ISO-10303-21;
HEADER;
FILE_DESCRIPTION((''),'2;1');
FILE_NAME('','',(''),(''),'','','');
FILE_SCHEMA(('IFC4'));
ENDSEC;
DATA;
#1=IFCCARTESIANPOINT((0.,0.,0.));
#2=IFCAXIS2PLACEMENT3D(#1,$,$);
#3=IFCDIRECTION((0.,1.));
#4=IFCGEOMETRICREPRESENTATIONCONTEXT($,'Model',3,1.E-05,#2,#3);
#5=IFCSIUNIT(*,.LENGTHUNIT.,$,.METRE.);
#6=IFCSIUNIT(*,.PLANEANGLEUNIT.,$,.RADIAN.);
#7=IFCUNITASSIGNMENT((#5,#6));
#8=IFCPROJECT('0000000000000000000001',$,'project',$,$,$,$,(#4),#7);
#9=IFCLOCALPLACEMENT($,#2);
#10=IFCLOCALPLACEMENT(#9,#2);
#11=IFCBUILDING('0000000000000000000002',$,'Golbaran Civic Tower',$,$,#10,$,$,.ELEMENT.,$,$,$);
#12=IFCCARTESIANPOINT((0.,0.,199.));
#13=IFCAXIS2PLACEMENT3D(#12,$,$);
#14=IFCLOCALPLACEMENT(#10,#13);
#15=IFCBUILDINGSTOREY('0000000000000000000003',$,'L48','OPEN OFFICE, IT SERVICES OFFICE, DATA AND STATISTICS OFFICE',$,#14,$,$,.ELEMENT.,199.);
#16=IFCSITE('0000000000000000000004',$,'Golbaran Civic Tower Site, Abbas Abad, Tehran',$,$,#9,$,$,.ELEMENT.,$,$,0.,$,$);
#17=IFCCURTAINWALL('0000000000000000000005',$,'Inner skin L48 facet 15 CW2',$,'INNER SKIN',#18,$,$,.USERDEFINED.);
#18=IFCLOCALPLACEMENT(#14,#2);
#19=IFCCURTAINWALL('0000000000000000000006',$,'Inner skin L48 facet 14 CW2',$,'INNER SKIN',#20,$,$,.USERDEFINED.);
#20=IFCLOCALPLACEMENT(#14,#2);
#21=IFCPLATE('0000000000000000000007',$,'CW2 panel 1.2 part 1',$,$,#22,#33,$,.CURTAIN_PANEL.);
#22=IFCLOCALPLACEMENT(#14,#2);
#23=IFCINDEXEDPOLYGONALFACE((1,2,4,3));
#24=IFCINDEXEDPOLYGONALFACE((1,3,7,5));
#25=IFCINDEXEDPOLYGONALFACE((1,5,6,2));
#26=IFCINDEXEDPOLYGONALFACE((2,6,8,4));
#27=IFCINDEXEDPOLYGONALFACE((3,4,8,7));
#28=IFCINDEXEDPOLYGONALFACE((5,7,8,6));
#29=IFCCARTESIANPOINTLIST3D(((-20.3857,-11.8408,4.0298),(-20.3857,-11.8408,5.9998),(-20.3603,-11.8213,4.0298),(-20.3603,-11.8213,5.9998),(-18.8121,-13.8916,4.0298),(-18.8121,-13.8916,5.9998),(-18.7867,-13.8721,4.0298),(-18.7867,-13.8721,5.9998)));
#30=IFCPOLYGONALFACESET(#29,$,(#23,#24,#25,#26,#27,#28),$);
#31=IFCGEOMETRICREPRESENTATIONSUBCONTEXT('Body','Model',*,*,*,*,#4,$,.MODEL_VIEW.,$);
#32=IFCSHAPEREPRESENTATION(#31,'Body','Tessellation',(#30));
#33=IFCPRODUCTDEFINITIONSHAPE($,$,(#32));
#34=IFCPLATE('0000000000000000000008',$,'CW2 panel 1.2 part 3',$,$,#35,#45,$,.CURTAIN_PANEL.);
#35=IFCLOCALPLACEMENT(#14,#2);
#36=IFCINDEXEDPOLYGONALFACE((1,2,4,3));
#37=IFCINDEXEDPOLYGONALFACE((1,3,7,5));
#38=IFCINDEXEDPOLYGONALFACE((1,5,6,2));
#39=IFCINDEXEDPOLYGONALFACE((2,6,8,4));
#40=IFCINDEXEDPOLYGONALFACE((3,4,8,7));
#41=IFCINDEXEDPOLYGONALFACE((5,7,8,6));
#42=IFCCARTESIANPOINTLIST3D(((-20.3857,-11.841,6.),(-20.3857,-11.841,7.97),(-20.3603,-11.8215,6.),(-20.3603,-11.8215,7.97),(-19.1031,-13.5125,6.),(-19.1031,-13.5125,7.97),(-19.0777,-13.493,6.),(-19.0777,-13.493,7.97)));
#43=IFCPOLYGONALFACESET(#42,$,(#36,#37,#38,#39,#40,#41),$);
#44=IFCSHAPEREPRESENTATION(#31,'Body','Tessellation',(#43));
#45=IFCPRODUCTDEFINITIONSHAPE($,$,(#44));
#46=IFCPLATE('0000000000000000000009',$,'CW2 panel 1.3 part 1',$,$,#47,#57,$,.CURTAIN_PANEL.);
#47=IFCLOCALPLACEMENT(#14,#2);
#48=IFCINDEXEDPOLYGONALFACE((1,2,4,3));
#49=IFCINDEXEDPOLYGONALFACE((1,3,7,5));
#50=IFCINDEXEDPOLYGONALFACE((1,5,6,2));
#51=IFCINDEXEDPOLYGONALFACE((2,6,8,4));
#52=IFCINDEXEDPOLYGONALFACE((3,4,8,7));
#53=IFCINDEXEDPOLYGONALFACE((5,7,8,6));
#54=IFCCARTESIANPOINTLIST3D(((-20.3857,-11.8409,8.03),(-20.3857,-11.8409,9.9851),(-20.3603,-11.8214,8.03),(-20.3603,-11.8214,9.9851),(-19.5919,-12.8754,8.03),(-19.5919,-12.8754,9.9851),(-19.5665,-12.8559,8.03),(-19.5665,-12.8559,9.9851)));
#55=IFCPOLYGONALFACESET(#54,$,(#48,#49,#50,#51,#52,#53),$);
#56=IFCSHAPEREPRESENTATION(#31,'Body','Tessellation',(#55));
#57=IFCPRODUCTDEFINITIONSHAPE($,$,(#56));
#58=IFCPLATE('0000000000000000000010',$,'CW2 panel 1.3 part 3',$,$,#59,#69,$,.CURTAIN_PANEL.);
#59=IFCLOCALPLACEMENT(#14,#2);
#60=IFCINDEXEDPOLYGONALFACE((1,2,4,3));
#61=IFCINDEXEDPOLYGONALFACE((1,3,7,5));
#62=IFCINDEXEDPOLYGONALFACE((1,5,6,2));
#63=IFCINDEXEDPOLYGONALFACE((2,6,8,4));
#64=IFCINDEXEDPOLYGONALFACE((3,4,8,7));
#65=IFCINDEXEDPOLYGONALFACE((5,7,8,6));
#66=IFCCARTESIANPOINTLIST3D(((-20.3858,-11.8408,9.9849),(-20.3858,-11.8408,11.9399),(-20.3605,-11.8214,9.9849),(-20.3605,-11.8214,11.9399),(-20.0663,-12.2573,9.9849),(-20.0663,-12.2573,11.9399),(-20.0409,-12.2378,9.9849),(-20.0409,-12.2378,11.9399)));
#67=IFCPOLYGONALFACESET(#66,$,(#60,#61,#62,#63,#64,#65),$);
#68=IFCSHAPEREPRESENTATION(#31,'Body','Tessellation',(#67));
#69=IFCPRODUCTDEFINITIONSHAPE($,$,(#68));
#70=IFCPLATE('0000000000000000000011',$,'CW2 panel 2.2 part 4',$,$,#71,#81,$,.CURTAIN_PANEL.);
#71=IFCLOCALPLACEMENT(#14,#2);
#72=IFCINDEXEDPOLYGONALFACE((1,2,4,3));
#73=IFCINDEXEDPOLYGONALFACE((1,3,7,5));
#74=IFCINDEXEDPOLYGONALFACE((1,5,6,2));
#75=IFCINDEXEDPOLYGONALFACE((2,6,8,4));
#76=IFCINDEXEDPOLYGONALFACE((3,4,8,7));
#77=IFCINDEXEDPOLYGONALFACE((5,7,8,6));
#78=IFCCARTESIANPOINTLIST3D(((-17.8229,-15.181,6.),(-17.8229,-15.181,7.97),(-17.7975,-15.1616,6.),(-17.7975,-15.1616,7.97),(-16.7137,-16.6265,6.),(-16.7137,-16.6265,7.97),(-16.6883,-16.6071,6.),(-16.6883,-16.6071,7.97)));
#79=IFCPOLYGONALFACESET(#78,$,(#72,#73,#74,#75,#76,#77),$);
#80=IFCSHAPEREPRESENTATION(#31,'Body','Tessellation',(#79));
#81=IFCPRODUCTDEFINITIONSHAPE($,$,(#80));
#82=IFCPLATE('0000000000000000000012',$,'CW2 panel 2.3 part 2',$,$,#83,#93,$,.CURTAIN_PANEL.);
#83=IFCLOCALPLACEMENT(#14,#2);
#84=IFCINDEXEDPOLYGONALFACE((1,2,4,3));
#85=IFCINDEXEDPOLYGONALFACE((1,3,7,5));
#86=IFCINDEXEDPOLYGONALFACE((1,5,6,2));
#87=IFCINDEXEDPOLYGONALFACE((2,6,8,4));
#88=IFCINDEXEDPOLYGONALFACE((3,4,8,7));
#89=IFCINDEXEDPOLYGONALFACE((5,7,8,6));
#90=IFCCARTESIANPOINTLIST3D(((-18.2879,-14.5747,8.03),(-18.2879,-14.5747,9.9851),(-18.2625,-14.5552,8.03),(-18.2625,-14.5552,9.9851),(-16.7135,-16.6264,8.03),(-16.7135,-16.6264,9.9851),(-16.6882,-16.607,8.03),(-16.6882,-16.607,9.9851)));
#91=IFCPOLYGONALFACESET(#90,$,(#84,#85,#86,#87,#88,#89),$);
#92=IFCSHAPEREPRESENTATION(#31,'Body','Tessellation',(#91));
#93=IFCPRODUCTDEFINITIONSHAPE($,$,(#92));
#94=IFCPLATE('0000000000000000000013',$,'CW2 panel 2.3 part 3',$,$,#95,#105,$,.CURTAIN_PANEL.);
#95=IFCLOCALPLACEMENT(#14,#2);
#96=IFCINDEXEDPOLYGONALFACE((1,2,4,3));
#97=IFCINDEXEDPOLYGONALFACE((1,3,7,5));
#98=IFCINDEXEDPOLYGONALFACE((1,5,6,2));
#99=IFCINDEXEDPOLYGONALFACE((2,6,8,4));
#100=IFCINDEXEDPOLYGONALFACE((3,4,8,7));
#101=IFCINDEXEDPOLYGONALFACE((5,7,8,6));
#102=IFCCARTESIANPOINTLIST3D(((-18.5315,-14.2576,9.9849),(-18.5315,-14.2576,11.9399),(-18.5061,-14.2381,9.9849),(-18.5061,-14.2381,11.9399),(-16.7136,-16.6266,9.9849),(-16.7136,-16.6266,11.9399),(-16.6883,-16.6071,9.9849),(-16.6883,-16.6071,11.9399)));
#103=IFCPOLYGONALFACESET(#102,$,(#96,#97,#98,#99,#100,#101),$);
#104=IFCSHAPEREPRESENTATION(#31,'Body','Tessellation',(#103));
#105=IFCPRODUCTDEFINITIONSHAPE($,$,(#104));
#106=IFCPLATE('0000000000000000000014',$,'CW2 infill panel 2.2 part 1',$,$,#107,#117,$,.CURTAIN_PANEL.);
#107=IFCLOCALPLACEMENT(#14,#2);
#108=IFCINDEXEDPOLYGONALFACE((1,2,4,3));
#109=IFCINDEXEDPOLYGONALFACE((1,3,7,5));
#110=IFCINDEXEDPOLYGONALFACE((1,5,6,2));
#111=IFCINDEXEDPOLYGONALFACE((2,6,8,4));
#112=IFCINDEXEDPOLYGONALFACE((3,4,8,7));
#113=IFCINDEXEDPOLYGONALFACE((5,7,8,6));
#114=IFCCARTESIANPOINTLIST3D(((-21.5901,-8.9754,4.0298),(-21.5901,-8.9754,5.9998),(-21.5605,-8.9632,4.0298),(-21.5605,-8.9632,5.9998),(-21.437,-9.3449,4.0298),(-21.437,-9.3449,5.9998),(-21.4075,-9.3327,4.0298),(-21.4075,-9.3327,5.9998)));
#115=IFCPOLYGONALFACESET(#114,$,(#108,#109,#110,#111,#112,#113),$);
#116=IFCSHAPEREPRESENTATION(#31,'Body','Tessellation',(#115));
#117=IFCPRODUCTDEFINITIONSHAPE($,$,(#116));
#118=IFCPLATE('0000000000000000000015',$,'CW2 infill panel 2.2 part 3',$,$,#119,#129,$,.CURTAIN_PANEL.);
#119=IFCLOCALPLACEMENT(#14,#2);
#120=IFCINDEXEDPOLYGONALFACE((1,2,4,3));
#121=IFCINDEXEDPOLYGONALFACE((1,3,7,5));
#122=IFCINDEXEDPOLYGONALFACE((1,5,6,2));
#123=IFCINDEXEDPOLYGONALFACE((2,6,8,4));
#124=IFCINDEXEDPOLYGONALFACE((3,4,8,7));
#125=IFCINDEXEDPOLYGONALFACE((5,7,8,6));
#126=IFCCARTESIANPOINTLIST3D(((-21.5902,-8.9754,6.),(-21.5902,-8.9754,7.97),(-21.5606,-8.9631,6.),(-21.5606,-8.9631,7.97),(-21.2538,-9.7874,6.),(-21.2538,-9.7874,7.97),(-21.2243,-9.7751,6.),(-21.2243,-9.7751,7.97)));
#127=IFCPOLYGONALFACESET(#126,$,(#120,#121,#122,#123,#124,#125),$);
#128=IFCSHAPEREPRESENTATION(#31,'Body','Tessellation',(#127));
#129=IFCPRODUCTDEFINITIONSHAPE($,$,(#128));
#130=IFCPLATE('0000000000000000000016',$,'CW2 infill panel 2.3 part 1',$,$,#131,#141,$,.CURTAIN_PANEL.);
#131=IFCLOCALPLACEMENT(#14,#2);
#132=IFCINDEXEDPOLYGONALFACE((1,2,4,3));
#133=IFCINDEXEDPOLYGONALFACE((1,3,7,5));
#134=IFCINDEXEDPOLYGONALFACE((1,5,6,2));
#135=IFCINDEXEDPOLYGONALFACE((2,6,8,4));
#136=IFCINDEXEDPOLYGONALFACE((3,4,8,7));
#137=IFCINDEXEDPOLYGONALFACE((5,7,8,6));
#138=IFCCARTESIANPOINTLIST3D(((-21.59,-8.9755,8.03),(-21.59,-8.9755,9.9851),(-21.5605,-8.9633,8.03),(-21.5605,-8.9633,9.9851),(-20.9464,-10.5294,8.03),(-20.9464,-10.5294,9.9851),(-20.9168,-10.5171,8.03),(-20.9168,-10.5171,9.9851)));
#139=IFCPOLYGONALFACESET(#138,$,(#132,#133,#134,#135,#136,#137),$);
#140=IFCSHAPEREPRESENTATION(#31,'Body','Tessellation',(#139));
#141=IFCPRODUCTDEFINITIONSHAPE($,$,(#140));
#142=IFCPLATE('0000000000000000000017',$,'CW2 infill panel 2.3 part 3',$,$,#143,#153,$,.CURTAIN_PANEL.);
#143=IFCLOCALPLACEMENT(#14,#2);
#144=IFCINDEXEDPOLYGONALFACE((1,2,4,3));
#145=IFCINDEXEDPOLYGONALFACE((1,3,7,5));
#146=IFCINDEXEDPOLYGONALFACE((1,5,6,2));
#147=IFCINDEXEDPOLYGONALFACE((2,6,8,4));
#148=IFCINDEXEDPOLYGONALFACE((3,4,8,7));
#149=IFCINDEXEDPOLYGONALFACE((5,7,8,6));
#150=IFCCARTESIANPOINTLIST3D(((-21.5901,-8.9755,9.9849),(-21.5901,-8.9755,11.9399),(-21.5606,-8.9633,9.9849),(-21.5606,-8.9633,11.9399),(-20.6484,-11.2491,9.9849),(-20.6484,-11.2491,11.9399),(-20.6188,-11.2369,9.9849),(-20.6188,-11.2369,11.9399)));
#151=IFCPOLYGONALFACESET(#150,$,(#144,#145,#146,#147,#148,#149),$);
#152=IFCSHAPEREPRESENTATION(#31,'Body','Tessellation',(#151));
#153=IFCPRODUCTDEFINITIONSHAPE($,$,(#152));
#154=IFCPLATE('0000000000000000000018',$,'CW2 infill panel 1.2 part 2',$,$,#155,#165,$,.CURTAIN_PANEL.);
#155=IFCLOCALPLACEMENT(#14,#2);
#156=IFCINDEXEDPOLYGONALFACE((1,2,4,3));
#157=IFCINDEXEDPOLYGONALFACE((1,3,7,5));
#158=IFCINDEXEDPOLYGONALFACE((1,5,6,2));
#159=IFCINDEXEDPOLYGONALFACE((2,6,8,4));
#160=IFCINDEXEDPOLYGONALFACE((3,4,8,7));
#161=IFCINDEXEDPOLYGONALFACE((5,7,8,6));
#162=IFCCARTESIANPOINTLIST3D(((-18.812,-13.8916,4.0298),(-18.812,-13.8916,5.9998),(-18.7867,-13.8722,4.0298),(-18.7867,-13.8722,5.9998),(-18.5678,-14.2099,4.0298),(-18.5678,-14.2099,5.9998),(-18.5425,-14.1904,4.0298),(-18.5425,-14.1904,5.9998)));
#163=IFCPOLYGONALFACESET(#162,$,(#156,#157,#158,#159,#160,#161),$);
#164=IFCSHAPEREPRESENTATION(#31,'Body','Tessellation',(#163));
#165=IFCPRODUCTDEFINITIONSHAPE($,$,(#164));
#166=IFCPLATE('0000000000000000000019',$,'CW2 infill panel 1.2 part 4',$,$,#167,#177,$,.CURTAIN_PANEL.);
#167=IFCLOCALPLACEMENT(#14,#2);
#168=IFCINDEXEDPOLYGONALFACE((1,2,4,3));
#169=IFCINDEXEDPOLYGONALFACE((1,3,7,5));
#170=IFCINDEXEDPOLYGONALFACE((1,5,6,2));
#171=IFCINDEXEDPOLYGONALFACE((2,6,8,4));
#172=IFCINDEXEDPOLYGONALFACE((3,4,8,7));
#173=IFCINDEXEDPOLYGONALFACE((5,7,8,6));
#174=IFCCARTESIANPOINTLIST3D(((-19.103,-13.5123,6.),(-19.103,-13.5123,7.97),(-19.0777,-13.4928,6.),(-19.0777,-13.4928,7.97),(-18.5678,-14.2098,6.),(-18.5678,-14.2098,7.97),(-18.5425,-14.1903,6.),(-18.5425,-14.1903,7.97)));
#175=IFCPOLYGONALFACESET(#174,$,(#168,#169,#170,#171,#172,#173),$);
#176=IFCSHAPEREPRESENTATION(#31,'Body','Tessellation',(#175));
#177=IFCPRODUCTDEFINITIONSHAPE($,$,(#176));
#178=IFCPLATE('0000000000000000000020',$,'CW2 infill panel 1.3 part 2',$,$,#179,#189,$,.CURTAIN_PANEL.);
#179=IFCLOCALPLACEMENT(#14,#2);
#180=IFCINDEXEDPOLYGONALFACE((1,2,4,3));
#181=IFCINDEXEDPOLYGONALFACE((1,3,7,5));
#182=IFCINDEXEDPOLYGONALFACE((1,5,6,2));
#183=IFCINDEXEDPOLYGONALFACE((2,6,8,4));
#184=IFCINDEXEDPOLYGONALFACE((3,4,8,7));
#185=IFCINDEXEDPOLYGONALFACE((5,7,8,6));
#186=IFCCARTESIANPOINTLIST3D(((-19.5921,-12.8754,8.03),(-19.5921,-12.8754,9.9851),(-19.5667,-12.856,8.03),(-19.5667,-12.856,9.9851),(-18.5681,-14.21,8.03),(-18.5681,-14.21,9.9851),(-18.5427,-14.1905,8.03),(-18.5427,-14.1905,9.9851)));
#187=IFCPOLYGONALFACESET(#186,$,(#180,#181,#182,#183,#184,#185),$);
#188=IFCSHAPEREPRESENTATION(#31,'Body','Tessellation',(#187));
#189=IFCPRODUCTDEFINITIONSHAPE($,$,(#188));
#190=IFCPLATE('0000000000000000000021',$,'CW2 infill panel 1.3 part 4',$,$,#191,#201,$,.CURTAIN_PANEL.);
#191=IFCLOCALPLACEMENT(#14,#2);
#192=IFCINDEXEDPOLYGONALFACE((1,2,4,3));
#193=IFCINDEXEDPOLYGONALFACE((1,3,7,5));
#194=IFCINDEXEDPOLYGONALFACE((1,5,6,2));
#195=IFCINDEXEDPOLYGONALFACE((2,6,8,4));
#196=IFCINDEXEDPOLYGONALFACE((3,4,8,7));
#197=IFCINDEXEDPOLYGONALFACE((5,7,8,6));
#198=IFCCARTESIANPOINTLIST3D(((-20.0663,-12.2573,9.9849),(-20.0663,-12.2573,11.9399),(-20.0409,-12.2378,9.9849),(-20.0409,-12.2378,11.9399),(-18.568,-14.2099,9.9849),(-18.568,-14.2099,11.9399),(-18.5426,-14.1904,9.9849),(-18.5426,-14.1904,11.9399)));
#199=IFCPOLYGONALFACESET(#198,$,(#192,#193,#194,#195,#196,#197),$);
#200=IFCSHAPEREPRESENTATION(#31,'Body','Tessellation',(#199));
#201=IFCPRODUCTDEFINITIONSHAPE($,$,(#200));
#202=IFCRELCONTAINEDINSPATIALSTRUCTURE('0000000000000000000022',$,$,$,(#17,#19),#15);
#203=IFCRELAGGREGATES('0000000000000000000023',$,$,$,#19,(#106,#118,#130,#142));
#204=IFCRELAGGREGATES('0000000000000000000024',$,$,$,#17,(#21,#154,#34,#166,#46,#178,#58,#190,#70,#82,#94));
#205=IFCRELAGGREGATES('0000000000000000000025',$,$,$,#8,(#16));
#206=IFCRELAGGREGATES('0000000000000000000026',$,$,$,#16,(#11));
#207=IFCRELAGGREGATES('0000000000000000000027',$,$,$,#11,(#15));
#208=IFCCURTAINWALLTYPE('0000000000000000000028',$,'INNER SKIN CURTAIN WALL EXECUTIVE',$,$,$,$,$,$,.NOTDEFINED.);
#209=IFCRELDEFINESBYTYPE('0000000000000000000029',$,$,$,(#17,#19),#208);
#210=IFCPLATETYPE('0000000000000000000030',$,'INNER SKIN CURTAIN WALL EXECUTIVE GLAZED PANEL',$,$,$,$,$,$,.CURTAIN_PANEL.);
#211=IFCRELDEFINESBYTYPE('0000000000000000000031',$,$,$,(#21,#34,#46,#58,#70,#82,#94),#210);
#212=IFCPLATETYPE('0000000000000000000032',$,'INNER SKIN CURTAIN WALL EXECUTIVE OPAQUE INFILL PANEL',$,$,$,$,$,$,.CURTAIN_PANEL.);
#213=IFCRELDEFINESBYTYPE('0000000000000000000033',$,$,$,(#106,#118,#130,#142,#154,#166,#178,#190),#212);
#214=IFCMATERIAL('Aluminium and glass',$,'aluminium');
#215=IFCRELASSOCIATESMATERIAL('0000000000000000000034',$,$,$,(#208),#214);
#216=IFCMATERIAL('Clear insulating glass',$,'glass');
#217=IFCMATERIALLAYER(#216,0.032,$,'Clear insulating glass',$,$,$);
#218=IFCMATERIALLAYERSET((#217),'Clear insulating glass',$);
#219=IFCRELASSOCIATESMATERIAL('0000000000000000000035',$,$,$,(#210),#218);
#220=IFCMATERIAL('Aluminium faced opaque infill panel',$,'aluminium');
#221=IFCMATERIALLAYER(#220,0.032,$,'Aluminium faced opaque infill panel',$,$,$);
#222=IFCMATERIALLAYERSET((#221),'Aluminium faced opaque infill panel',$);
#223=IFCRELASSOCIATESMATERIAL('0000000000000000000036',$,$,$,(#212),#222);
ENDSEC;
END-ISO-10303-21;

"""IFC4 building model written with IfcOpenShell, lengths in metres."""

from ifc_helpers import new_model, si_unit, direction, frame, origin, origin_2d, place, context, subcontext, project, spatial, rectangle, extrude, material, layer, layer_set, type_object, element, aggregate, save


model = new_model("IFC4")

# Units and contexts
model_context = context("Model", 3, precision=1e-05, world=origin(), true_north=direction((0.0, 1.0)))
body_context = subcontext(model_context, "Body", "Model", "MODEL_VIEW")
ifc_project = project(units=[si_unit("LENGTHUNIT", "METRE"), si_unit("PLANEANGLEUNIT", "RADIAN")], contexts=[model_context])

# Site, building, storey
site_placement = place(None, origin())
site = spatial("IfcSite", under=ifc_project, at=site_placement, Name="Golbaran Civic Tower Site, Abbas Abad, Tehran", CompositionType="ELEMENT", RefElevation=0.0)
building_placement = place(site_placement, origin())
building = spatial("IfcBuilding", under=site, at=building_placement, Name="Golbaran Civic Tower", CompositionType="ELEMENT")
storey_placement = place(building_placement, frame((0.0, 0.0, 199.0)))
storey = spatial("IfcBuildingStorey", under=building, at=storey_placement, Name="L48", Description="OPEN OFFICE, IT SERVICES OFFICE, DATA AND STATISTICS OFFICE", CompositionType="ELEMENT", Elevation=199.0)

# Curtain wall
ifc_material_1 = material(Name="Aluminium and glass", Category="aluminium")
curtain_wall_type_1 = type_object("IfcCurtainWallType", Name="INNER SKIN CURTAIN WALL EXECUTIVE", PredefinedType="NOTDEFINED", material=ifc_material_1)
curtain_wall_1_placement = place(storey_placement, origin())
curtain_wall_1 = element("IfcCurtainWall", 1, at=curtain_wall_1_placement, inside=storey, type_object=curtain_wall_type_1, Name="Inner skin L48 facet 15 CW2", ObjectType="INNER SKIN", PredefinedType="USERDEFINED")

# Curtain wall
curtain_wall_2_placement = place(storey_placement, origin())
curtain_wall_2 = element("IfcCurtainWall", 2, at=curtain_wall_2_placement, inside=storey, type_object=curtain_wall_type_1, Name="Inner skin L48 facet 14 CW2", ObjectType="INNER SKIN", PredefinedType="USERDEFINED")
ifc_material_2 = material(Name="Clear insulating glass", Category="glass")
ifc_layer_1 = layer(ifc_material_2, 0.032, Name="Clear insulating glass")
ifc_layer_set_1 = layer_set([ifc_layer_1], Name="Clear insulating glass")
plate_type_1 = type_object("IfcPlateType", Name="INNER SKIN CURTAIN WALL EXECUTIVE GLAZED PANEL", PredefinedType="CURTAIN_PANEL", material=ifc_layer_set_1)

# Plates
plate_1_placement = place(storey_placement, frame((-19.5862, -12.8564, 4.0298), z_axis=(0.0, 0.0, 1.0), x_axis=(0.608761, -0.793353, 0.0)))
plate_1 = element("IfcPlate", 3, at=plate_1_placement, type_object=plate_type_1, Name="CW2 panel 1.2 part 1", PredefinedType="CURTAIN_PANEL", context=body_context, shape_type="SweptSolid", body=[
    extrude(rectangle(XDim=2.585, YDim=0.032, at=origin_2d()), origin(), (0.0, 0.0, 1.0), 1.97),
])
plate_2_placement = place(storey_placement, frame((-19.7317, -12.667, 6.0), z_axis=(0.0, 0.0, 1.0), x_axis=(0.608761, -0.793353, 0.0)))
plate_2 = element("IfcPlate", 4, at=plate_2_placement, type_object=plate_type_1, Name="CW2 panel 1.2 part 3", PredefinedType="CURTAIN_PANEL", context=body_context, shape_type="SweptSolid", body=[
    extrude(rectangle(XDim=2.1069, YDim=0.032, at=origin_2d()), origin(), (0.0, 0.0, 1.0), 1.97),
])
plate_3_placement = place(storey_placement, frame((-19.9761, -12.3484, 8.03), z_axis=(0.0, 0.0, 1.0), x_axis=(0.608761, -0.793353, 0.0)))
plate_3 = element("IfcPlate", 5, at=plate_3_placement, type_object=plate_type_1, Name="CW2 panel 1.3 part 1", PredefinedType="CURTAIN_PANEL", context=body_context, shape_type="SweptSolid", body=[
    extrude(rectangle(XDim=1.304, YDim=0.032, at=origin_2d()), origin(), (0.0, 0.0, 1.0), 1.9551),
])
plate_4_placement = place(storey_placement, frame((-20.2134, -12.0393, 9.9849), z_axis=(0.0, 0.0, 1.0), x_axis=(0.608761, -0.793353, 0.0)))
plate_4 = element("IfcPlate", 6, at=plate_4_placement, type_object=plate_type_1, Name="CW2 panel 1.3 part 3", PredefinedType="CURTAIN_PANEL", context=body_context, shape_type="SweptSolid", body=[
    extrude(rectangle(XDim=0.5249, YDim=0.032, at=origin_2d()), origin(), (0.0, 0.0, 1.0), 1.9551),
])
plate_5_placement = place(storey_placement, frame((-17.2556, -15.894, 6.0), z_axis=(0.0, 0.0, 1.0), x_axis=(0.608761, -0.793353, 0.0)))
plate_5 = element("IfcPlate", 7, at=plate_5_placement, type_object=plate_type_1, Name="CW2 panel 2.2 part 4", PredefinedType="CURTAIN_PANEL", context=body_context, shape_type="SweptSolid", body=[
    extrude(rectangle(XDim=1.822, YDim=0.032, at=origin_2d()), origin(), (0.0, 0.0, 1.0), 1.97),
])
plate_6_placement = place(storey_placement, frame((-17.488, -15.5908, 8.03), z_axis=(0.0, 0.0, 1.0), x_axis=(0.608761, -0.793353, 0.0)))
plate_6 = element("IfcPlate", 8, at=plate_6_placement, type_object=plate_type_1, Name="CW2 panel 2.3 part 2", PredefinedType="CURTAIN_PANEL", context=body_context, shape_type="SweptSolid", body=[
    extrude(rectangle(XDim=2.5862, YDim=0.032, at=origin_2d()), origin(), (0.0, 0.0, 1.0), 1.9551),
])
plate_7_placement = place(storey_placement, frame((-17.6099, -15.4324, 9.9849), z_axis=(0.0, 0.0, 1.0), x_axis=(0.608761, -0.793353, 0.0)))
plate_7 = element("IfcPlate", 9, at=plate_7_placement, type_object=plate_type_1, Name="CW2 panel 2.3 part 3", PredefinedType="CURTAIN_PANEL", context=body_context, shape_type="SweptSolid", body=[
    extrude(rectangle(XDim=2.9861, YDim=0.032, at=origin_2d()), origin(), (0.0, 0.0, 1.0), 1.9551),
])
ifc_material_3 = material(Name="Aluminium faced opaque infill panel", Category="aluminium")
ifc_layer_2 = layer(ifc_material_3, 0.032, Name="Aluminium faced opaque infill panel")
ifc_layer_set_2 = layer_set([ifc_layer_2], Name="Aluminium faced opaque infill panel")
plate_type_2 = type_object("IfcPlateType", Name="INNER SKIN CURTAIN WALL EXECUTIVE OPAQUE INFILL PANEL", PredefinedType="CURTAIN_PANEL", material=ifc_layer_set_2)
plate_8_placement = place(storey_placement, frame((-21.4988, -9.1541, 4.0298), z_axis=(0.0, 0.0, 1.0), x_axis=(0.382683, -0.92388, 0.0)))
plate_8 = element("IfcPlate", 10, at=plate_8_placement, type_object=plate_type_2, Name="CW2 infill panel 2.2 part 1", PredefinedType="CURTAIN_PANEL", context=body_context, shape_type="SweptSolid", body=[
    extrude(rectangle(XDim=0.3999, YDim=0.032, at=origin_2d()), origin(), (0.0, 0.0, 1.0), 1.97),
])
plate_9_placement = place(storey_placement, frame((-21.4072, -9.3752, 6.0), z_axis=(0.0, 0.0, 1.0), x_axis=(0.382683, -0.92388, 0.0)))
plate_9 = element("IfcPlate", 11, at=plate_9_placement, type_object=plate_type_2, Name="CW2 infill panel 2.2 part 3", PredefinedType="CURTAIN_PANEL", context=body_context, shape_type="SweptSolid", body=[
    extrude(rectangle(XDim=0.8789, YDim=0.032, at=origin_2d()), origin(), (0.0, 0.0, 1.0), 1.97),
])
plate_10_placement = place(storey_placement, frame((-21.2534, -9.7463, 8.03), z_axis=(0.0, 0.0, 1.0), x_axis=(0.382683, -0.92388, 0.0)))
plate_10 = element("IfcPlate", 12, at=plate_10_placement, type_object=plate_type_2, Name="CW2 infill panel 2.3 part 1", PredefinedType="CURTAIN_PANEL", context=body_context, shape_type="SweptSolid", body=[
    extrude(rectangle(XDim=1.6819, YDim=0.032, at=origin_2d()), origin(), (0.0, 0.0, 1.0), 1.9551),
])
plate_11_placement = place(storey_placement, frame((-21.1045, -10.1062, 9.9849), z_axis=(0.0, 0.0, 1.0), x_axis=(0.382683, -0.92388, 0.0)))
plate_11 = element("IfcPlate", 13, at=plate_11_placement, type_object=plate_type_2, Name="CW2 infill panel 2.3 part 3", PredefinedType="CURTAIN_PANEL", context=body_context, shape_type="SweptSolid", body=[
    extrude(rectangle(XDim=2.4609, YDim=0.032, at=origin_2d()), origin(), (0.0, 0.0, 1.0), 1.9551),
])
aggregate(curtain_wall_2, [plate_8, plate_9, plate_10, plate_11])
plate_12_placement = place(storey_placement, frame((-18.6772, -14.041, 4.0298), z_axis=(0.0, 0.0, 1.0), x_axis=(0.608761, -0.793353, 0.0)))
plate_12 = element("IfcPlate", 14, at=plate_12_placement, type_object=plate_type_2, Name="CW2 infill panel 1.2 part 2", PredefinedType="CURTAIN_PANEL", context=body_context, shape_type="SweptSolid", body=[
    extrude(rectangle(XDim=0.4011, YDim=0.032, at=origin_2d()), origin(), (0.0, 0.0, 1.0), 1.97),
])
plate_13_placement = place(storey_placement, frame((-18.8228, -13.8513, 6.0), z_axis=(0.0, 0.0, 1.0), x_axis=(0.608761, -0.793353, 0.0)))
plate_13 = element("IfcPlate", 15, at=plate_13_placement, type_object=plate_type_2, Name="CW2 infill panel 1.2 part 4", PredefinedType="CURTAIN_PANEL", context=body_context, shape_type="SweptSolid", body=[
    extrude(rectangle(XDim=0.8792, YDim=0.032, at=origin_2d()), origin(), (0.0, 0.0, 1.0), 1.97),
])
plate_14_placement = place(storey_placement, frame((-19.0674, -13.533, 8.03), z_axis=(0.0, 0.0, 1.0), x_axis=(0.608761, -0.793353, 0.0)))
plate_14 = element("IfcPlate", 16, at=plate_14_placement, type_object=plate_type_2, Name="CW2 infill panel 1.3 part 2", PredefinedType="CURTAIN_PANEL", context=body_context, shape_type="SweptSolid", body=[
    extrude(rectangle(XDim=1.6821, YDim=0.032, at=origin_2d()), origin(), (0.0, 0.0, 1.0), 1.9551),
])
plate_15_placement = place(storey_placement, frame((-19.3044, -13.2239, 9.9849), z_axis=(0.0, 0.0, 1.0), x_axis=(0.608761, -0.793353, 0.0)))
plate_15 = element("IfcPlate", 17, at=plate_15_placement, type_object=plate_type_2, Name="CW2 infill panel 1.3 part 4", PredefinedType="CURTAIN_PANEL", context=body_context, shape_type="SweptSolid", body=[
    extrude(rectangle(XDim=2.4612, YDim=0.032, at=origin_2d()), origin(), (0.0, 0.0, 1.0), 1.9551),
])
aggregate(curtain_wall_1, [plate_1, plate_12, plate_2, plate_13, plate_3, plate_14, plate_4, plate_15, plate_5, plate_6, plate_7])

save(model, "model.ifc")
